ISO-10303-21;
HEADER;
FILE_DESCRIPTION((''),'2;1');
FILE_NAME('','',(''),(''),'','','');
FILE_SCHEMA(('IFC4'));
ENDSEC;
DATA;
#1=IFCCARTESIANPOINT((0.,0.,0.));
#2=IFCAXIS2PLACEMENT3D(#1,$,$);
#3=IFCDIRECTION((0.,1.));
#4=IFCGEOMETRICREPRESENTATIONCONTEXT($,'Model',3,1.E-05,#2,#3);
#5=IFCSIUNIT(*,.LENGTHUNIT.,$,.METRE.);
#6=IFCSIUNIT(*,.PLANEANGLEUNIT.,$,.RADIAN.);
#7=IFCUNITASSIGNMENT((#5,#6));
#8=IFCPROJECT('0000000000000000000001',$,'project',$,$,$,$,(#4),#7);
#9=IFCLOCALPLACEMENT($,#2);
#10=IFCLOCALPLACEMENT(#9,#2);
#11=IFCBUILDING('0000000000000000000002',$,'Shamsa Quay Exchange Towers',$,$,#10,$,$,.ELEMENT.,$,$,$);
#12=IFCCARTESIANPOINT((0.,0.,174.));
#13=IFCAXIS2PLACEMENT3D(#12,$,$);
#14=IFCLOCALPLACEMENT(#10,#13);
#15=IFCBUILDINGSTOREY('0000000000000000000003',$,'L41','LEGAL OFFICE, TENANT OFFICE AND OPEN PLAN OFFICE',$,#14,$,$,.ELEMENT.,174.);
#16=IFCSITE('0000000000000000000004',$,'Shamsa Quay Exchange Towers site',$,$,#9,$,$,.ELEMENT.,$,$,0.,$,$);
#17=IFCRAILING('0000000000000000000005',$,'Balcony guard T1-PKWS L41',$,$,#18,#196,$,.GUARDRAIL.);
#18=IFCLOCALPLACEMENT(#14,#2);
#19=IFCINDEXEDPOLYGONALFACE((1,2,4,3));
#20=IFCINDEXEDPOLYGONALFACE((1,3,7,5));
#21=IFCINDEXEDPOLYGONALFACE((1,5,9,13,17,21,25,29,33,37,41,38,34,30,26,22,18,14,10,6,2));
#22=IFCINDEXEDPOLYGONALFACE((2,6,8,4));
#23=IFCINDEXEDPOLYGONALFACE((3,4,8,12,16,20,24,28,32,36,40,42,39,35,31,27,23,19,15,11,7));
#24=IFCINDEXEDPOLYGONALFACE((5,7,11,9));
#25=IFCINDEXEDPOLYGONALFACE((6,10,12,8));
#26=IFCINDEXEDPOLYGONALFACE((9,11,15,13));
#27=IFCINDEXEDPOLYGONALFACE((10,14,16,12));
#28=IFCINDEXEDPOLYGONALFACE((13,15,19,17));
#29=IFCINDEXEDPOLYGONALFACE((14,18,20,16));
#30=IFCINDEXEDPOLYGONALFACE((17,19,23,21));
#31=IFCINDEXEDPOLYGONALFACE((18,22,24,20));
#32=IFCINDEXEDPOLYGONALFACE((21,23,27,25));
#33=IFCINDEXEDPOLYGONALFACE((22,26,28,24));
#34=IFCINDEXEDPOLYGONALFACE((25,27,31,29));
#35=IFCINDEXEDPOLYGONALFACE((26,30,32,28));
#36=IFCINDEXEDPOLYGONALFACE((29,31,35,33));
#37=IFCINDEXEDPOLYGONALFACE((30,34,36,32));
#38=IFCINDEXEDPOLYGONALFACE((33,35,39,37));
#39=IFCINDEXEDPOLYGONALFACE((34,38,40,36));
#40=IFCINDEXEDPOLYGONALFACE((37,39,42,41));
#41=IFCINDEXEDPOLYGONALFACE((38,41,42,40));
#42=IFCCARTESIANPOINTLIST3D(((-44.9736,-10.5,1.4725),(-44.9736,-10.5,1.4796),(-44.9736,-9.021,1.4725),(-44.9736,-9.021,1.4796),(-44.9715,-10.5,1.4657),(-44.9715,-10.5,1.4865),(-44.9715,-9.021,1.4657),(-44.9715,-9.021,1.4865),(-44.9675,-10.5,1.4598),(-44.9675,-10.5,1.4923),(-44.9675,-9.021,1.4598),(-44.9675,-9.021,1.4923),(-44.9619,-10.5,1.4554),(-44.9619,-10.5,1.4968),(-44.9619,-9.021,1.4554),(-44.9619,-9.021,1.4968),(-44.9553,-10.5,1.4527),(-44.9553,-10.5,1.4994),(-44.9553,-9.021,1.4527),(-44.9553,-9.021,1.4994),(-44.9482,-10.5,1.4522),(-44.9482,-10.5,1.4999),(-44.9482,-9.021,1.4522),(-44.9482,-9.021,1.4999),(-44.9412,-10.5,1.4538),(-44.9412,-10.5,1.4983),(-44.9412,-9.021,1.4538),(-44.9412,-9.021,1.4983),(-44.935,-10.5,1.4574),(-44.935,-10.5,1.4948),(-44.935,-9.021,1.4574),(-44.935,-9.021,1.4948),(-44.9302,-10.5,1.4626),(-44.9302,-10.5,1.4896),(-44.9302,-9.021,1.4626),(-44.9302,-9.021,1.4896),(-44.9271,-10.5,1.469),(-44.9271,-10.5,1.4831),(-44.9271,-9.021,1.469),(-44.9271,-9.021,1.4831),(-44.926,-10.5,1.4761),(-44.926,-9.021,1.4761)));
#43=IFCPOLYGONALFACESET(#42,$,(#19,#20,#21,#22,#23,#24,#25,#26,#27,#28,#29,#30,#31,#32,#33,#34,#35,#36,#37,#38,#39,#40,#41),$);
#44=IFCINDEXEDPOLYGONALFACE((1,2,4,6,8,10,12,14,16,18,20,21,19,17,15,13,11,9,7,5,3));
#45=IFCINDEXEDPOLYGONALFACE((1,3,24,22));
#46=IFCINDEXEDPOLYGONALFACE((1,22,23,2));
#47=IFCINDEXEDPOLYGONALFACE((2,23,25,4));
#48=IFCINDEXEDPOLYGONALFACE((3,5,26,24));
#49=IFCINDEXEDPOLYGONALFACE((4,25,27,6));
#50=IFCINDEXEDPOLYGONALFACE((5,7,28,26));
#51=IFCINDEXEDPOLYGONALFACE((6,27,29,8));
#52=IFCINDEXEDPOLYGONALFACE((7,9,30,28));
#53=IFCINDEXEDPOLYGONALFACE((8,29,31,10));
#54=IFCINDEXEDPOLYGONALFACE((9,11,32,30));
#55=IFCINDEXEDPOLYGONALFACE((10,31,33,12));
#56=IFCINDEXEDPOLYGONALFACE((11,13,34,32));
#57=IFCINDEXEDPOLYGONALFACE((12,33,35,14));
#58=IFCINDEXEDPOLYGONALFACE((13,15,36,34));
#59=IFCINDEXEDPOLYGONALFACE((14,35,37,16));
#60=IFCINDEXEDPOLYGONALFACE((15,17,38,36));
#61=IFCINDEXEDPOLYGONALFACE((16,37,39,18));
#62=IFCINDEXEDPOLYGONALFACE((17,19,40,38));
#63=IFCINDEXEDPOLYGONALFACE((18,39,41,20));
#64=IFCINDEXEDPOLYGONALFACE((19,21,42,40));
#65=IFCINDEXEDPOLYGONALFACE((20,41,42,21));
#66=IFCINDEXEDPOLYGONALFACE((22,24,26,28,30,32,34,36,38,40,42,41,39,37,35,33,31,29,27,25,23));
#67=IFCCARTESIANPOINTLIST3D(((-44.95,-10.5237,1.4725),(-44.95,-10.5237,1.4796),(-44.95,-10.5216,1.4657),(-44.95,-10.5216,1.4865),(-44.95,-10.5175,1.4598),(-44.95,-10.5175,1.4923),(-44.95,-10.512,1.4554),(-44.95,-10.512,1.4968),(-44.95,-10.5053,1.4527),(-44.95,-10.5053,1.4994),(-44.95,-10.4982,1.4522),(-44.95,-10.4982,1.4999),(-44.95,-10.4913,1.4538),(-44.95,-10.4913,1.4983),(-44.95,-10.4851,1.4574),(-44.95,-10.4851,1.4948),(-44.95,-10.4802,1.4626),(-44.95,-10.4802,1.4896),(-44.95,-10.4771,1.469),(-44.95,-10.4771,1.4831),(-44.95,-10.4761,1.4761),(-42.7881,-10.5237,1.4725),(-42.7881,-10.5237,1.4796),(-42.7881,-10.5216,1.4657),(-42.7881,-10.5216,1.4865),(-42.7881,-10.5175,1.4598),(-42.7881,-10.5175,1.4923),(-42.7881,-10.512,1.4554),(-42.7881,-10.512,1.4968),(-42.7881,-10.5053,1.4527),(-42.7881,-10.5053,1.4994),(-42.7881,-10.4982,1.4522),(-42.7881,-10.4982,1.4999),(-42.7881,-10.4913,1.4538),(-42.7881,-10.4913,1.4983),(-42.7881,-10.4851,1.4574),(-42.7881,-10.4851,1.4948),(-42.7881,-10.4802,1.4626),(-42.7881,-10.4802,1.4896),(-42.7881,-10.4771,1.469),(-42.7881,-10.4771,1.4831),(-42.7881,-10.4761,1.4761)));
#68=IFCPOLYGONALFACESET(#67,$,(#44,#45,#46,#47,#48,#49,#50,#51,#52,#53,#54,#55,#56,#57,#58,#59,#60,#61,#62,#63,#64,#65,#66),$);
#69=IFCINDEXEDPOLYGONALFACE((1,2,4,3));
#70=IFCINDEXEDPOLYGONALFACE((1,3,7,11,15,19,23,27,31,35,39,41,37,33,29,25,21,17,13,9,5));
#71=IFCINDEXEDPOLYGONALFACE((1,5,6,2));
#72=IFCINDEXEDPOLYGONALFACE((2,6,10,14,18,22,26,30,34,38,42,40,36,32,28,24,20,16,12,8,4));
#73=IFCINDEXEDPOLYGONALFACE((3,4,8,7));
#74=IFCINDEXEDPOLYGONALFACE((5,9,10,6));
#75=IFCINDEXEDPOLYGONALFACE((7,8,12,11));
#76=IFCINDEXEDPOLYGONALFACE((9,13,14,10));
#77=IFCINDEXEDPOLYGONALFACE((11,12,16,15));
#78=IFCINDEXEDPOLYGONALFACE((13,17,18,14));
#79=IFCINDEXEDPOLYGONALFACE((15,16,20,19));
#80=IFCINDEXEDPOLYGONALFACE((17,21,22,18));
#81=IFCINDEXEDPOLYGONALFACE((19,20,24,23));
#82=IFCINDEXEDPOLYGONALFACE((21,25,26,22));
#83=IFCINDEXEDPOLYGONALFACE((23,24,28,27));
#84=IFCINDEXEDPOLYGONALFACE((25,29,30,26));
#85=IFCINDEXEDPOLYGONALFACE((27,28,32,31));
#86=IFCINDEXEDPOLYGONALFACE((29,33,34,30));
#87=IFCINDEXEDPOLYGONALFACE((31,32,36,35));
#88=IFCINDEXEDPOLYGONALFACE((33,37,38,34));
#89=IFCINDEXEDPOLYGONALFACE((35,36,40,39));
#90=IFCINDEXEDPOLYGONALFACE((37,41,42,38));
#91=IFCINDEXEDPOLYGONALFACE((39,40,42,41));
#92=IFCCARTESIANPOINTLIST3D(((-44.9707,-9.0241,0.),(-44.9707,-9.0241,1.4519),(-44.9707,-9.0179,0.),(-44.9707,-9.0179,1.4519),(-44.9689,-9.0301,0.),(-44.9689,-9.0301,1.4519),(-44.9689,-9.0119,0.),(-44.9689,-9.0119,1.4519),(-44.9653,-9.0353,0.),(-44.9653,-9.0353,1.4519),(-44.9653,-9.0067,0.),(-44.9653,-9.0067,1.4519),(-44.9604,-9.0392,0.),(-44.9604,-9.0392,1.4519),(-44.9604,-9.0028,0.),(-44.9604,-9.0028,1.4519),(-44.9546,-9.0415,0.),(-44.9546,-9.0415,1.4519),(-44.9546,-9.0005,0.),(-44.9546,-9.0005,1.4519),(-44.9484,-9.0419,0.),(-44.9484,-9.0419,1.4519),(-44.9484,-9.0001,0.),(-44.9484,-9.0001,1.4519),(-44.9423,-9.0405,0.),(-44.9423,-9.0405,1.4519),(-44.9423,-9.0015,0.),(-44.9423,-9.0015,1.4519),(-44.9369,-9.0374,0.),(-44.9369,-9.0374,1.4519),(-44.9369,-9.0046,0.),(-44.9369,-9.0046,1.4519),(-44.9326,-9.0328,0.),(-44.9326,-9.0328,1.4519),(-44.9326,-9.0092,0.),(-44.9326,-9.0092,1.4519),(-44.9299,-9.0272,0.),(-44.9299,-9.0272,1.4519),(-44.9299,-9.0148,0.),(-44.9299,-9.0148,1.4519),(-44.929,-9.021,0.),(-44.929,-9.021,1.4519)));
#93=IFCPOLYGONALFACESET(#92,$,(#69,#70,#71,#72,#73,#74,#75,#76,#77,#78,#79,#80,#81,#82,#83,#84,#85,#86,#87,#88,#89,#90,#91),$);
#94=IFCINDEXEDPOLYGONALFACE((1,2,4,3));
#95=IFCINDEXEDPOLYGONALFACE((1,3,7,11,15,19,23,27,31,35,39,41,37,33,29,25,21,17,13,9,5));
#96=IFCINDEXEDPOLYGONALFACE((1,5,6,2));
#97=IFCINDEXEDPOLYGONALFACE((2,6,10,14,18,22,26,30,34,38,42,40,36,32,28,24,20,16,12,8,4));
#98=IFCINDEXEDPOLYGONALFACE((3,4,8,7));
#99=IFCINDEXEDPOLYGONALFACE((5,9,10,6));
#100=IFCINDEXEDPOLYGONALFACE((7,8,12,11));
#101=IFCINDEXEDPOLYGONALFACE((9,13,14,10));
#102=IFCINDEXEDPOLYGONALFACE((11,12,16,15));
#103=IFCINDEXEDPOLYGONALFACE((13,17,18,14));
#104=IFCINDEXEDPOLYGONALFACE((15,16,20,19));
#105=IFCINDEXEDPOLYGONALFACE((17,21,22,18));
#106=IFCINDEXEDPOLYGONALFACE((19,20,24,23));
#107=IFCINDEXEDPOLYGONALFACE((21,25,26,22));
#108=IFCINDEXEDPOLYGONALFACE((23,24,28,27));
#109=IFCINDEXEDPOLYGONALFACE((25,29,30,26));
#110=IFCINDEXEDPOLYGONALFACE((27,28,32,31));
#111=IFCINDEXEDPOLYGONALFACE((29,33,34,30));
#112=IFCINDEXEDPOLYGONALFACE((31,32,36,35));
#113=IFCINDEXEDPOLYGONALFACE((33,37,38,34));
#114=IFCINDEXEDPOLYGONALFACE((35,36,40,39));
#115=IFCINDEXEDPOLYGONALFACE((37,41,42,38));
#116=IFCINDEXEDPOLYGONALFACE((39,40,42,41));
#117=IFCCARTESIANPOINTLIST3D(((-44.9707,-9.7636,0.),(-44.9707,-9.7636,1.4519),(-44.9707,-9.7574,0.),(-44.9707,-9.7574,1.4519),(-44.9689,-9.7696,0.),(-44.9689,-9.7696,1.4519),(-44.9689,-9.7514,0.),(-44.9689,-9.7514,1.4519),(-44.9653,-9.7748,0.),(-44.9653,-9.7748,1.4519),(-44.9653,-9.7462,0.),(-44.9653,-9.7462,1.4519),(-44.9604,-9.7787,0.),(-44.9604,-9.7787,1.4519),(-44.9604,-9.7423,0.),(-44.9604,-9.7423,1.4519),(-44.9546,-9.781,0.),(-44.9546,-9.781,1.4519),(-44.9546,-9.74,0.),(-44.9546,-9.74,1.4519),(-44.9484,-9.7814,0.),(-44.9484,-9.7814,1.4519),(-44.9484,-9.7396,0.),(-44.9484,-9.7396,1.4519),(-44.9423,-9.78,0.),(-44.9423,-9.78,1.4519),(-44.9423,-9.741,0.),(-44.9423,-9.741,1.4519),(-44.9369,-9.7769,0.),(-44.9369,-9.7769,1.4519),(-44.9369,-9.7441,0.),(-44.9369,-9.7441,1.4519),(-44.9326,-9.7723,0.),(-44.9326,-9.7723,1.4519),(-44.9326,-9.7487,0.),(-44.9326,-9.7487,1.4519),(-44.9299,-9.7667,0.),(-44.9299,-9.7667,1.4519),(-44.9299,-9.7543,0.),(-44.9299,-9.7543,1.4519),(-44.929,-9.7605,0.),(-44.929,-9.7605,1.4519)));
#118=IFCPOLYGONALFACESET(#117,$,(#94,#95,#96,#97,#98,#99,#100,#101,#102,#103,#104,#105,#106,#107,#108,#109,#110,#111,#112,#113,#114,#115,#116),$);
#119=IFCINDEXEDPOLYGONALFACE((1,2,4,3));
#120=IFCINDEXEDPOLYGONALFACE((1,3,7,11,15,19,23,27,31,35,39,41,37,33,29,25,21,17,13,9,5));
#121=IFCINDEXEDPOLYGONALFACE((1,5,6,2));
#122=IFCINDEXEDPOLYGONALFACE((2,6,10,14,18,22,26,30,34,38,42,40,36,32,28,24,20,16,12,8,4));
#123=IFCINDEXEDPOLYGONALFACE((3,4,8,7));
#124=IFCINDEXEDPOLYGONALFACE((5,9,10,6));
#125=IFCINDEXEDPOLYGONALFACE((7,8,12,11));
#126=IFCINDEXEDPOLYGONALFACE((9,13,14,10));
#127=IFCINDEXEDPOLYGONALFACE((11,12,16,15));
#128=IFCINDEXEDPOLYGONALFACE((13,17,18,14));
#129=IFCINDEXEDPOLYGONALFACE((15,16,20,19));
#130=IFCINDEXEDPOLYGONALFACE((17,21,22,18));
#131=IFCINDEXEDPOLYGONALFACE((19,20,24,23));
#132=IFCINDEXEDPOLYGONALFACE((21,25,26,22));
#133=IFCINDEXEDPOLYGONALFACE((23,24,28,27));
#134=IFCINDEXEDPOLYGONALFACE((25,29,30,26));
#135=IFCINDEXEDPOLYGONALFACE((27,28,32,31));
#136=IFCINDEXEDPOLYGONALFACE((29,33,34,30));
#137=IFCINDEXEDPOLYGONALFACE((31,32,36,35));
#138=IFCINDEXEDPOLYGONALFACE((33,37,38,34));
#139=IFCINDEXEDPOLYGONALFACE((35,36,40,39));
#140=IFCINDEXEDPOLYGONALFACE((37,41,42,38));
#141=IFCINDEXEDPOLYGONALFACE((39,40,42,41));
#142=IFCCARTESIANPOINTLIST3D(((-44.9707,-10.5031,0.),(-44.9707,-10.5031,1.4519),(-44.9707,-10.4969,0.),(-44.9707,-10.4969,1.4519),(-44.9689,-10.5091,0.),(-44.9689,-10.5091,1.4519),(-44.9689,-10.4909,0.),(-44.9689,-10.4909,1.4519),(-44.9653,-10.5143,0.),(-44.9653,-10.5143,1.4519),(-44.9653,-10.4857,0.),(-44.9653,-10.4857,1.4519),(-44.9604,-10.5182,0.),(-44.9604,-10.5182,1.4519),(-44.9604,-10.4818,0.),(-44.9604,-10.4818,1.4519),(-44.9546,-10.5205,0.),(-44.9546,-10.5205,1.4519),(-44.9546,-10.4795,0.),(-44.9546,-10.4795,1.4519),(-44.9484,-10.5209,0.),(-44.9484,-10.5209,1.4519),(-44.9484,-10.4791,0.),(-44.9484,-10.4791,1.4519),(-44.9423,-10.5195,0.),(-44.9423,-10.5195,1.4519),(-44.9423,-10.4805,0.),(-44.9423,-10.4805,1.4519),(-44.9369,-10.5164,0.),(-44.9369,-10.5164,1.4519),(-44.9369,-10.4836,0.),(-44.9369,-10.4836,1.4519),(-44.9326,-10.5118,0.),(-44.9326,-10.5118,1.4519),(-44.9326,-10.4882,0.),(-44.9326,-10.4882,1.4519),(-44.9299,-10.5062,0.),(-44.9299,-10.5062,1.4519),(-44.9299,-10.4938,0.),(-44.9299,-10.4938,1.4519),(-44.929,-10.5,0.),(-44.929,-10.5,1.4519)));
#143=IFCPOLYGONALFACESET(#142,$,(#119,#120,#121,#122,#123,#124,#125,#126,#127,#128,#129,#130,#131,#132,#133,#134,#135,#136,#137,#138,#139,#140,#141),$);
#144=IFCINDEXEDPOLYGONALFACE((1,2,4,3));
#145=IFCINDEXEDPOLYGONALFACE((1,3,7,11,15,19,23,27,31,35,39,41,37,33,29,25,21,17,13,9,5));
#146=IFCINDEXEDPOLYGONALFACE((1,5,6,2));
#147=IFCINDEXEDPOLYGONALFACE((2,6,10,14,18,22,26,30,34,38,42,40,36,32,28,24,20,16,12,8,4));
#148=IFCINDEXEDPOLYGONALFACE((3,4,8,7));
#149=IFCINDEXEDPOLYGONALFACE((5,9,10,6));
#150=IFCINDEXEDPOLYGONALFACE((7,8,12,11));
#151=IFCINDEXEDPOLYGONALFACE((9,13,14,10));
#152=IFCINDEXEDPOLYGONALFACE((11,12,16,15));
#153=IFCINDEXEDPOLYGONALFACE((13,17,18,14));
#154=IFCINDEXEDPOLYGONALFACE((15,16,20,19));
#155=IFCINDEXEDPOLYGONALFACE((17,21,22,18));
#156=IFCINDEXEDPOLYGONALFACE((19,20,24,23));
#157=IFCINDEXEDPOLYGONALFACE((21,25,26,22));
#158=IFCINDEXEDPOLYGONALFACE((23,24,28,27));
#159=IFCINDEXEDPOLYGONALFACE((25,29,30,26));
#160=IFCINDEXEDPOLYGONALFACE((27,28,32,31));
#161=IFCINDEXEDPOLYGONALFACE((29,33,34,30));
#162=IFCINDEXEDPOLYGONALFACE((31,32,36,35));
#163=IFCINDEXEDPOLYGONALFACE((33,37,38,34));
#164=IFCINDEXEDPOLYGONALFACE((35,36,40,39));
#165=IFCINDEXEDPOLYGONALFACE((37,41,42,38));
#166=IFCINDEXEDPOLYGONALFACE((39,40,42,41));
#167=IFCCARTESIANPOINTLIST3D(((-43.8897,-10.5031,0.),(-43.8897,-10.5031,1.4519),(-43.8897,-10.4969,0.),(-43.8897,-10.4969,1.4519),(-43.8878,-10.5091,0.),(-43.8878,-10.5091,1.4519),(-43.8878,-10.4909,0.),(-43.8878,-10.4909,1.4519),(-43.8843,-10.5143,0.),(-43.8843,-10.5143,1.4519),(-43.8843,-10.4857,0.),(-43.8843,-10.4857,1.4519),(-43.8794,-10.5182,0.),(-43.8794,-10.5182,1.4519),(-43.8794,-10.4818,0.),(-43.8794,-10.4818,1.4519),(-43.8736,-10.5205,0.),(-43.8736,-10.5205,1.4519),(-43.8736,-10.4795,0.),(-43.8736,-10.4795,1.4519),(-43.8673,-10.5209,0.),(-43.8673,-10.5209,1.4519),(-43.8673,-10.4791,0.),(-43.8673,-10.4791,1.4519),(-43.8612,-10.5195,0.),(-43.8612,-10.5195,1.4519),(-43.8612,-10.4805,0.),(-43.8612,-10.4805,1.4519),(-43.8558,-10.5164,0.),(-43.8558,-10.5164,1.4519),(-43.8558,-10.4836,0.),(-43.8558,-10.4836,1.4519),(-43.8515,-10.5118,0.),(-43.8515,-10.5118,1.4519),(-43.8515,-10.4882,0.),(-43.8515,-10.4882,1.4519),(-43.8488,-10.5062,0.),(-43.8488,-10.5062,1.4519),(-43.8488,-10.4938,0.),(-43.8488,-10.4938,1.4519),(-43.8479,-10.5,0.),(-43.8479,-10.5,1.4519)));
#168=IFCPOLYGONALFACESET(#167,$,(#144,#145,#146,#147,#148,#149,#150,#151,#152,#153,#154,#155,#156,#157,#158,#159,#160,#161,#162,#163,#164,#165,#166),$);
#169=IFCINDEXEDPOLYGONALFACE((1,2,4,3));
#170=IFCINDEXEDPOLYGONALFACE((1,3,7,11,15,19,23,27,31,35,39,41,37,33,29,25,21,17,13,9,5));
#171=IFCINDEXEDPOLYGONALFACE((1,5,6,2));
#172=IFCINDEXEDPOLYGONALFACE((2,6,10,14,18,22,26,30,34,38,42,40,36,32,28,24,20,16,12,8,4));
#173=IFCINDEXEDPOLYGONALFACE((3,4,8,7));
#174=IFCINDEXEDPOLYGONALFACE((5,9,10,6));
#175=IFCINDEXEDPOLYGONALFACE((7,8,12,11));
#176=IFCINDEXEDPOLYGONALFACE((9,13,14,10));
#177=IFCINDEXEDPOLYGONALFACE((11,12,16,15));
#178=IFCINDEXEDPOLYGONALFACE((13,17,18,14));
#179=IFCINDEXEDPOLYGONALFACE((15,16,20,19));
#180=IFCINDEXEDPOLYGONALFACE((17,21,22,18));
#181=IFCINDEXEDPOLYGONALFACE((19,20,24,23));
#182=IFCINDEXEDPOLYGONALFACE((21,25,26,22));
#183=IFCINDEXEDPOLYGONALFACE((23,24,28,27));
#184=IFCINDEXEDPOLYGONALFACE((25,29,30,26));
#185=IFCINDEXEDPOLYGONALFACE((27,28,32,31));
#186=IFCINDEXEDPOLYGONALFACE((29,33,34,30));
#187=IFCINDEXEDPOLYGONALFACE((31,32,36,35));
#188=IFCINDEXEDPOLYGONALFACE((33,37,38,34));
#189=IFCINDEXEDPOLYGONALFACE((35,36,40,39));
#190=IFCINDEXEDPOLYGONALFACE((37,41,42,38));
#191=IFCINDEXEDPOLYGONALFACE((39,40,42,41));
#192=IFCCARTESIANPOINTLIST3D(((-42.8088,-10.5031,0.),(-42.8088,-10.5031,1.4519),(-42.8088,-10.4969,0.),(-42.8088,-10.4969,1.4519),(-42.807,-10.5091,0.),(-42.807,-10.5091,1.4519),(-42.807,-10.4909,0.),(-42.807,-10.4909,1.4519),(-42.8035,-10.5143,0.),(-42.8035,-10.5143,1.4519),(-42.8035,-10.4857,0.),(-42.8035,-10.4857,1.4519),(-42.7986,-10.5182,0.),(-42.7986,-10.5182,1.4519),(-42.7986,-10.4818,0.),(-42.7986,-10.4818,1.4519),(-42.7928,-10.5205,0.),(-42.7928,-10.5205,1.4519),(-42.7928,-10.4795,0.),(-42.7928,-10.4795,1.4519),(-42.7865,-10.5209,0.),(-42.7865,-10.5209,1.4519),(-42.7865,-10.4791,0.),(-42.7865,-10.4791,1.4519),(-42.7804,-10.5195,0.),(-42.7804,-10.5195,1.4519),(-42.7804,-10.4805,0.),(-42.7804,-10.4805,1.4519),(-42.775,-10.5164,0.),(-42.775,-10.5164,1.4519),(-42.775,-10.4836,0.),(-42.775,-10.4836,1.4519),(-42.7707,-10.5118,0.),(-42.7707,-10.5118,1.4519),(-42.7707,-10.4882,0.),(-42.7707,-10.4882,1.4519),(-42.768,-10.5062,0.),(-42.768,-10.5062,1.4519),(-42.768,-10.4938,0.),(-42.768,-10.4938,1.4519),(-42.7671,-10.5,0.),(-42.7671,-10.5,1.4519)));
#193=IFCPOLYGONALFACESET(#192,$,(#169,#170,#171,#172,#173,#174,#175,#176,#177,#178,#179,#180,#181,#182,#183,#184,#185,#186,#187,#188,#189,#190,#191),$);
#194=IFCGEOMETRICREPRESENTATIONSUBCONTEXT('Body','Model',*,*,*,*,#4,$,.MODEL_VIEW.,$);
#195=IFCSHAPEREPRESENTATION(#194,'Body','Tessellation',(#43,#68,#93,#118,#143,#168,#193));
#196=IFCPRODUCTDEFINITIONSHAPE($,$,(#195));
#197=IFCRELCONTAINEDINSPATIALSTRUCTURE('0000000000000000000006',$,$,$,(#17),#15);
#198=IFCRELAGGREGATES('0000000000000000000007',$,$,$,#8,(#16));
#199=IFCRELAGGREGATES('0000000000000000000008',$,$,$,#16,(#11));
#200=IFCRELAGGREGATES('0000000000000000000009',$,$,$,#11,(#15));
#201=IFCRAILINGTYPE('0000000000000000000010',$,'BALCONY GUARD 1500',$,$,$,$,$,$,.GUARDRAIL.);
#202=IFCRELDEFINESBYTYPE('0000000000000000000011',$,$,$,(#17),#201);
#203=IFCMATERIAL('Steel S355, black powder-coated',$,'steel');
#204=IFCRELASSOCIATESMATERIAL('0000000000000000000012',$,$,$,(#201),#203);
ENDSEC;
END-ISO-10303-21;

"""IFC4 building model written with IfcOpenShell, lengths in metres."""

from ifc_helpers import new_model, si_unit, direction, frame, origin, origin_2d, place, context, subcontext, project, spatial, circle, extrude, material, type_object, element, save


model = new_model("IFC4")

# Units and contexts
model_context = context("Model", 3, precision=1e-05, world=origin(), true_north=direction((0.0, 1.0)))
body_context = subcontext(model_context, "Body", "Model", "MODEL_VIEW")
ifc_project = project(units=[si_unit("LENGTHUNIT", "METRE"), si_unit("PLANEANGLEUNIT", "RADIAN")], contexts=[model_context])

# Site, building, storey
site_placement = place(None, origin())
site = spatial("IfcSite", under=ifc_project, at=site_placement, Name="Shamsa Quay Exchange Towers site", CompositionType="ELEMENT", RefElevation=0.0)
building_placement = place(site_placement, origin())
building = spatial("IfcBuilding", under=site, at=building_placement, Name="Shamsa Quay Exchange Towers", CompositionType="ELEMENT")
storey_placement = place(building_placement, frame((0.0, 0.0, 174.0)))
storey = spatial("IfcBuildingStorey", under=building, at=storey_placement, Name="L41", Description="LEGAL OFFICE, TENANT OFFICE AND OPEN PLAN OFFICE", CompositionType="ELEMENT", Elevation=174.0)

# Railing
ifc_material_1 = material(Name="Steel S355, black powder-coated", Category="steel")
railing_type_1 = type_object("IfcRailingType", Name="BALCONY GUARD 1500", PredefinedType="GUARDRAIL", material=ifc_material_1)
for number, where, name in (
    (1, (-44.95, -9.021, 0.0), "Balcony guard T1-PKWS L41"),
):
    element("IfcRailing", number, at=place(storey_placement, frame(where)), inside=storey, type_object=railing_type_1, Name=name, PredefinedType="GUARDRAIL", context=body_context, shape_type="SweptSolid", body=[
        extrude(circle(Radius=0.0239, at=origin_2d()), frame((0.0, 0.0, 1.4761), z_axis=(0.0, -1.0, 0.0), x_axis=(1.0, 0.0, 0.0)), (0.0, 0.0, 1.0), 1.479),
        extrude(circle(Radius=0.0239, at=origin_2d()), frame((0.0, -1.479, 1.4761), z_axis=(1.0, 0.0, 0.0), x_axis=(0.0, 1.0, 0.0)), (0.0, 0.0, 1.0), 2.1619),
        extrude(circle(Radius=0.021, at=origin_2d()), origin(), (0.0, 0.0, 1.0), 1.4519),
        extrude(circle(Radius=0.021, at=origin_2d()), frame((0.0, -0.7395, 0.0)), (0.0, 0.0, 1.0), 1.4519),
        extrude(circle(Radius=0.021, at=origin_2d()), frame((0.0, -1.479, 0.0)), (0.0, 0.0, 1.0), 1.4519),
        extrude(circle(Radius=0.021, at=origin_2d()), frame((1.0811, -1.479, 0.0)), (0.0, 0.0, 1.0), 1.4519),
        extrude(circle(Radius=0.021, at=origin_2d()), frame((2.1619, -1.479, 0.0)), (0.0, 0.0, 1.0), 1.4519),
    ])

save(model, "model.ifc")
